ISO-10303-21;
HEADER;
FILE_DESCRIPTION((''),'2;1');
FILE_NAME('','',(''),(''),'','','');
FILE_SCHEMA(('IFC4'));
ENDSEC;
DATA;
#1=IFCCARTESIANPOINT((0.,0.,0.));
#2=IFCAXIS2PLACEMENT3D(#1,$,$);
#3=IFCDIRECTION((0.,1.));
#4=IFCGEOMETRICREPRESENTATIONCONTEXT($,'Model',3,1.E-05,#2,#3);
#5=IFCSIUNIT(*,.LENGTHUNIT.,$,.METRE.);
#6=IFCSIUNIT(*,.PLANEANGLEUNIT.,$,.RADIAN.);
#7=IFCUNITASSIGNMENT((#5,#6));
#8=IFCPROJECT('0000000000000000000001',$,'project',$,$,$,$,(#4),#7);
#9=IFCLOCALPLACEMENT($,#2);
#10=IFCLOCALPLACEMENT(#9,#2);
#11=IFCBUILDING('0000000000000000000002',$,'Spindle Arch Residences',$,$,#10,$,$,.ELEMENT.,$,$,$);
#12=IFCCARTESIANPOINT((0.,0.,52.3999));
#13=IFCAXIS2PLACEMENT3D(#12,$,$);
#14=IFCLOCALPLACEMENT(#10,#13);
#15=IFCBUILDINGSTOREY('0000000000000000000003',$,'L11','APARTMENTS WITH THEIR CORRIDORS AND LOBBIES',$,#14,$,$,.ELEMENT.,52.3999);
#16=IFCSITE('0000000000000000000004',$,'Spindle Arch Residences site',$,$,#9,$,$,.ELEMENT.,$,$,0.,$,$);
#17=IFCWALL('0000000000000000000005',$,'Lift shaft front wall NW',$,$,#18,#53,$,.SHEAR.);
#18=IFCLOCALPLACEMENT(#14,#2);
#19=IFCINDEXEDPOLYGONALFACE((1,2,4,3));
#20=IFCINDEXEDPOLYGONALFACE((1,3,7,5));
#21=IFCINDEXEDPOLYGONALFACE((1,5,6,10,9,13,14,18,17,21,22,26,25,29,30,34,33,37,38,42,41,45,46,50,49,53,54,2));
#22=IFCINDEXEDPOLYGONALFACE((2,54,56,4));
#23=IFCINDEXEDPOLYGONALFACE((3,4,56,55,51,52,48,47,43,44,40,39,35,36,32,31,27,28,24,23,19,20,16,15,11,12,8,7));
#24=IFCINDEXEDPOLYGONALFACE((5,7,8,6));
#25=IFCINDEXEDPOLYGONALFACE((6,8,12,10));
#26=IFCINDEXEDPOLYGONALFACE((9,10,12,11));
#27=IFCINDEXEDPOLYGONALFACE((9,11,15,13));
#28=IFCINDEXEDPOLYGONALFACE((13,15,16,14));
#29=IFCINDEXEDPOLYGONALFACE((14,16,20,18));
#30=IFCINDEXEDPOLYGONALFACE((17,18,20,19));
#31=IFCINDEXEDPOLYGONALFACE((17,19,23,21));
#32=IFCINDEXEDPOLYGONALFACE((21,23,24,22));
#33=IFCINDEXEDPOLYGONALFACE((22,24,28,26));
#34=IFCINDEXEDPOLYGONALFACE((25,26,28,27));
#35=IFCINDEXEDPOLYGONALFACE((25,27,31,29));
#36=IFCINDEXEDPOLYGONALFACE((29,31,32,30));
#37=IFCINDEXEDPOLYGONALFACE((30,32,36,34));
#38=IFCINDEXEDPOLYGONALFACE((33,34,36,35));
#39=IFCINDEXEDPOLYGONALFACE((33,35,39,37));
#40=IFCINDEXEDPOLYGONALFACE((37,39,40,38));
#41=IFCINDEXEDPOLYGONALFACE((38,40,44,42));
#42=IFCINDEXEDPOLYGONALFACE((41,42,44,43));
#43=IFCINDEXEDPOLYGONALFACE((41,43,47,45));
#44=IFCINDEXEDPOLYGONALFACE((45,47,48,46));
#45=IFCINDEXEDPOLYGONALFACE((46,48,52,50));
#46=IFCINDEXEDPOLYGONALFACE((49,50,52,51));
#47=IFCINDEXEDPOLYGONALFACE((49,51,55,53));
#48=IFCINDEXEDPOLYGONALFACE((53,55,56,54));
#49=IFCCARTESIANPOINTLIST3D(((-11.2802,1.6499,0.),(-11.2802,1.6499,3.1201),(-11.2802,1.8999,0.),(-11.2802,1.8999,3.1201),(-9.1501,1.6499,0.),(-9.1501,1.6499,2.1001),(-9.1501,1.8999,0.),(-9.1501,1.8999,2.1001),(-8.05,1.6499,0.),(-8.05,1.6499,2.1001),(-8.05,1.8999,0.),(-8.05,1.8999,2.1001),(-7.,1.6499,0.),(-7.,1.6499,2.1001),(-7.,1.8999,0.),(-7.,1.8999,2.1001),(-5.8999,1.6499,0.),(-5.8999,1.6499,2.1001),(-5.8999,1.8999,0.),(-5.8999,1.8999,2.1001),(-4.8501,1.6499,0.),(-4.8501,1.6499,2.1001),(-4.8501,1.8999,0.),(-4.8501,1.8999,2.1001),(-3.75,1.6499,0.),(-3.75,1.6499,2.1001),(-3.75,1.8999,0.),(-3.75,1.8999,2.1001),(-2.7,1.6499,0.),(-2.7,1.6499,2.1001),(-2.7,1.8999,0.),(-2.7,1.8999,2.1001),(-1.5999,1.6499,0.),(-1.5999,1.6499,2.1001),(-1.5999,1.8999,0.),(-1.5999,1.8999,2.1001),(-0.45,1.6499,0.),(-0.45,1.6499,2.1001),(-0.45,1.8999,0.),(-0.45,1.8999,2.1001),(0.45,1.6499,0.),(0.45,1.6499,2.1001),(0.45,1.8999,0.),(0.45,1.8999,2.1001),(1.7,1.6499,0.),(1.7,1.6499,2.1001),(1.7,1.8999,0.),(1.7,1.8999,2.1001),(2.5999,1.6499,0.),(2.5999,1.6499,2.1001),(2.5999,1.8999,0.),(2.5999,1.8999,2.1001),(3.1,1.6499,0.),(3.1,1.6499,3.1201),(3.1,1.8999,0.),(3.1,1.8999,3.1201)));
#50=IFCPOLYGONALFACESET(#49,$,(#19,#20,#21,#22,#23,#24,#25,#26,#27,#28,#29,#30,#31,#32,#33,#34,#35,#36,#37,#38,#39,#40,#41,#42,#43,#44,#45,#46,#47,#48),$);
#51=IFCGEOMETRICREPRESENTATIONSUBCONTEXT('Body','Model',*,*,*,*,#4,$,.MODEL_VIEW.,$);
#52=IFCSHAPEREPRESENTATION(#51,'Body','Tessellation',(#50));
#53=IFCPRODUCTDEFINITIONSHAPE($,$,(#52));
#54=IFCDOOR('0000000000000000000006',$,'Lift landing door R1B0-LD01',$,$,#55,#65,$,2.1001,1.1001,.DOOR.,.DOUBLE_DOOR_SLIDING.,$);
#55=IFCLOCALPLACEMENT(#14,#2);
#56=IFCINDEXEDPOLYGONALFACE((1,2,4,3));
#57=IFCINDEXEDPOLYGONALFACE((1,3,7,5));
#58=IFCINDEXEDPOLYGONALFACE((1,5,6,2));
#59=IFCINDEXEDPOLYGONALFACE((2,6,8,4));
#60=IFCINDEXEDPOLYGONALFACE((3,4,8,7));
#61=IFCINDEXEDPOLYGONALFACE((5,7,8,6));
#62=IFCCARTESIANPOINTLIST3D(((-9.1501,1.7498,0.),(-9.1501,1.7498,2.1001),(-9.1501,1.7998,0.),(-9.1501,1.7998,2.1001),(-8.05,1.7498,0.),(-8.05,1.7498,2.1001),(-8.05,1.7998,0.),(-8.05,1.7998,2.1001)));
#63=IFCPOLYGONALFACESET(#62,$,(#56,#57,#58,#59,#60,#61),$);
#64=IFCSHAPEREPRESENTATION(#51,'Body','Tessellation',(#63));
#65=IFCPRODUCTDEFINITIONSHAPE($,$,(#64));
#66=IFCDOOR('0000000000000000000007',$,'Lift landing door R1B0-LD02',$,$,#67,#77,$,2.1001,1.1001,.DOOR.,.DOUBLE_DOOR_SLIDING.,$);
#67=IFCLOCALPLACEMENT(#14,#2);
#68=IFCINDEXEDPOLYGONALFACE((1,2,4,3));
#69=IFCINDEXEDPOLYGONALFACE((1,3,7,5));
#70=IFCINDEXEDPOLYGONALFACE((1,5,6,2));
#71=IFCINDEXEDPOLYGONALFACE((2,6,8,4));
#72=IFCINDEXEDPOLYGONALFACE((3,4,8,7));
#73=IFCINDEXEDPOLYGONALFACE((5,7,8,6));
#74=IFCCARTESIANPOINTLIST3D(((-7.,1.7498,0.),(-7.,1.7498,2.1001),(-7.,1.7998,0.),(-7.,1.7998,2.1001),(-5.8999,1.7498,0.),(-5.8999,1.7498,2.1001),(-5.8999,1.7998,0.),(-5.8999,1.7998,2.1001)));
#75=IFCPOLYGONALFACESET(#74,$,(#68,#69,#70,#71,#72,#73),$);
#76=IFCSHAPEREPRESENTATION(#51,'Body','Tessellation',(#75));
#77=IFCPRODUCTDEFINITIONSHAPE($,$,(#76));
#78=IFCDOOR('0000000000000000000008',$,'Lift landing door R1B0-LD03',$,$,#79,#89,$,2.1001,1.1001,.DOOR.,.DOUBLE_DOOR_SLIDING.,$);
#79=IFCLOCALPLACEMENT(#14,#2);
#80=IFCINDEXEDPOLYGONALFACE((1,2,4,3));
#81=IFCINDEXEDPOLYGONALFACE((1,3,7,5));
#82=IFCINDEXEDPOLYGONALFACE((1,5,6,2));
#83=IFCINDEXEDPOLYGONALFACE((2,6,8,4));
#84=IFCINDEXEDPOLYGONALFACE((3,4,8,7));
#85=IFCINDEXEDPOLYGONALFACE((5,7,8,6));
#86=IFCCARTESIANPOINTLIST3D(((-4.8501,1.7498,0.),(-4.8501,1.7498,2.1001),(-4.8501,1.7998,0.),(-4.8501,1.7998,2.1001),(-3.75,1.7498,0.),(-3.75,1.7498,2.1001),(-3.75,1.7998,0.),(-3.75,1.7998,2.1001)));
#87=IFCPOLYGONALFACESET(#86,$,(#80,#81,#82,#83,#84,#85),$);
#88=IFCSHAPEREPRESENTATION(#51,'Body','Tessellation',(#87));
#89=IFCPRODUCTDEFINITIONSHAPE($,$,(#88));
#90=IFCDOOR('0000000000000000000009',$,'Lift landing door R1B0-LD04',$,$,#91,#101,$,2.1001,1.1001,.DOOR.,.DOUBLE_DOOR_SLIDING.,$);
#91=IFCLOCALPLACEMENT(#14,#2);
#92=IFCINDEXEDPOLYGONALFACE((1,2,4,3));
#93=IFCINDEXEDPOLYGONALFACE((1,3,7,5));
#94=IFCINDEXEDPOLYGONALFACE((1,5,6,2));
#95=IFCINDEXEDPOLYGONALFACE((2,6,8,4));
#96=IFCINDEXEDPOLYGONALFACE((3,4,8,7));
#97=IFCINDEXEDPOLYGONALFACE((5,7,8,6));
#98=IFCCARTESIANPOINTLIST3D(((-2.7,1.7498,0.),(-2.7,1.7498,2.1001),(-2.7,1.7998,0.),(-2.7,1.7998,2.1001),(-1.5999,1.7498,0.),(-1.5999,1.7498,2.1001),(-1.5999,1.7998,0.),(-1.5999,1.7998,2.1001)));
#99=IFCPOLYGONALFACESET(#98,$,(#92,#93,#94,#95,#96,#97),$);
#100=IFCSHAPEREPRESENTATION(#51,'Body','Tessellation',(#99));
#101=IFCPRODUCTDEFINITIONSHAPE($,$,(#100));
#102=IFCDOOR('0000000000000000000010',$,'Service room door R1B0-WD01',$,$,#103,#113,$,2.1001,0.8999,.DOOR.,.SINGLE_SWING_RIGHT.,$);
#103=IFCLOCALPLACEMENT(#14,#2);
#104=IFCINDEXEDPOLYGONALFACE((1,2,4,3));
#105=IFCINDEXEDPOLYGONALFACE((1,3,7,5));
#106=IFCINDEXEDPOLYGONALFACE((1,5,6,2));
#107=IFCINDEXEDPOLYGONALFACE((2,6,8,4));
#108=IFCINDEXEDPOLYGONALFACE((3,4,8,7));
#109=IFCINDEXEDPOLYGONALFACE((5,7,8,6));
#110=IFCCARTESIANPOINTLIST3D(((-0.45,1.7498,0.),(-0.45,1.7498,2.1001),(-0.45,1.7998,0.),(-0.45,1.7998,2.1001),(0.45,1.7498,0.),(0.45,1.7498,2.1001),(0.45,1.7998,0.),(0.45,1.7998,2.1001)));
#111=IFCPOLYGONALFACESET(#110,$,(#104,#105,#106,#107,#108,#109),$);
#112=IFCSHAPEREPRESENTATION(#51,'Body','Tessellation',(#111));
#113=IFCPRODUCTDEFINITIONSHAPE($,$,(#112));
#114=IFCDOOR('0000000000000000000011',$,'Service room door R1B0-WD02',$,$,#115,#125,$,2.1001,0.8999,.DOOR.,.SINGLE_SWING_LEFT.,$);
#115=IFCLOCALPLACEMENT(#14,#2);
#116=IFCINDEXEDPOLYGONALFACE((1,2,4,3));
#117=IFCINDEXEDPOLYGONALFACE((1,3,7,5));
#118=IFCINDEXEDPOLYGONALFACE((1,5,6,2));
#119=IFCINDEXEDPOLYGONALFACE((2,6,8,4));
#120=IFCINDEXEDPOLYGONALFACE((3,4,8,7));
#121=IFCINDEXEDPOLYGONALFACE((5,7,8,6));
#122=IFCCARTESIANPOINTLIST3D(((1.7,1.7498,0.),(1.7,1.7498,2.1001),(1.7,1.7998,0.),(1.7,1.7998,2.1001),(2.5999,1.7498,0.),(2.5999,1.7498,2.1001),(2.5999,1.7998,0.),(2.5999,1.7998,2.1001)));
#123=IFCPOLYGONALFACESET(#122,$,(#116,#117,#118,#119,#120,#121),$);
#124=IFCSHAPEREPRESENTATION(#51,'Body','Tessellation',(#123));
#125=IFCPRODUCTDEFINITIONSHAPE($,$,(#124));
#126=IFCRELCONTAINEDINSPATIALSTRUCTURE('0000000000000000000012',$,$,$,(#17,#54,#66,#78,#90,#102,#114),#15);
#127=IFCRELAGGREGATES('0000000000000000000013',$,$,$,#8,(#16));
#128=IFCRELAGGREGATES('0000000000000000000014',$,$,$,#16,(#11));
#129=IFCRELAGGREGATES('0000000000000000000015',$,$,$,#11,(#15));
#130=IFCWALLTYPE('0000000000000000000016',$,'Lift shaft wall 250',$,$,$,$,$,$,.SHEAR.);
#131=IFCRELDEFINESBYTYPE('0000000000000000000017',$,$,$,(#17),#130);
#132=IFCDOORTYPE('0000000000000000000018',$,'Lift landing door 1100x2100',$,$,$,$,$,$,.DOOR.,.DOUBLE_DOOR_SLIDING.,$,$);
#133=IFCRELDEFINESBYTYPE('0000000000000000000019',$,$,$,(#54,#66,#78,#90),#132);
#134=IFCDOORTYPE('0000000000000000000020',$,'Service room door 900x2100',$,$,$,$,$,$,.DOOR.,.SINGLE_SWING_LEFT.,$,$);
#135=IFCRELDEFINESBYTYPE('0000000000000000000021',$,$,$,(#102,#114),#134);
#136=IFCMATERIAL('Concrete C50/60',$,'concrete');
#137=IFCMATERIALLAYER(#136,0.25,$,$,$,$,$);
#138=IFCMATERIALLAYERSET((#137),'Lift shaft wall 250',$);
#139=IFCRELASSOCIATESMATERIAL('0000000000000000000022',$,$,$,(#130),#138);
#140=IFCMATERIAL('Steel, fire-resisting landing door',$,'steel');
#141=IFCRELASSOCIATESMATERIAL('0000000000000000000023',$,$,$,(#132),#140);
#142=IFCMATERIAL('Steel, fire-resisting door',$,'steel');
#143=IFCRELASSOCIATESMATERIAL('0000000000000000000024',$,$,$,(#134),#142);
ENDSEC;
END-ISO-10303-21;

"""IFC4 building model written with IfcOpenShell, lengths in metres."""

from ifc_helpers import new_model, si_unit, direction, frame, frame_2d, origin, place, context, subcontext, project, spatial, rectangle, extrude, material, layer, layer_set, type_object, element, fill, save


model = new_model("IFC4")

# Units and contexts
model_context = context("Model", 3, precision=1e-05, world=origin(), true_north=direction((0.0, 1.0)))
body_context = subcontext(model_context, "Body", "Model", "MODEL_VIEW")
ifc_project = project(units=[si_unit("LENGTHUNIT", "METRE"), si_unit("PLANEANGLEUNIT", "RADIAN")], contexts=[model_context])

# Site, building, storey
site_placement = place(None, origin())
site = spatial("IfcSite", under=ifc_project, at=site_placement, Name="Spindle Arch Residences site", CompositionType="ELEMENT", RefElevation=0.0)
building_placement = place(site_placement, origin())
building = spatial("IfcBuilding", under=site, at=building_placement, Name="Spindle Arch Residences", CompositionType="ELEMENT")
storey_placement = place(building_placement, frame((0.0, 0.0, 52.3999)))
storey = spatial("IfcBuildingStorey", under=building, at=storey_placement, Name="L11", Description="APARTMENTS WITH THEIR CORRIDORS AND LOBBIES", CompositionType="ELEMENT", Elevation=52.3999)

# Wall, openings, doors
ifc_material_1 = material(Name="Concrete C50/60", Category="concrete")
ifc_layer_1 = layer(ifc_material_1, 0.25)
ifc_layer_set_1 = layer_set([ifc_layer_1], Name="Lift shaft wall 250")
wall_type_1 = type_object("IfcWallType", Name="Lift shaft wall 250", PredefinedType="SHEAR", material=ifc_layer_set_1)
wall_1_placement = place(storey_placement, frame((-11.28, 1.7749, 0.0), z_axis=(0.0, 0.0, 1.0), x_axis=(1.0, 0.0, 0.0)))
wall_1 = element("IfcWall", 1, at=wall_1_placement, inside=storey, type_object=wall_type_1, Name="Lift shaft front wall NW", PredefinedType="SHEAR", context=body_context, shape_type="SweptSolid", body=[
    extrude(rectangle(XDim=14.3801, YDim=0.25, at=frame_2d((7.1899, 0.0))), origin(), (0.0, 0.0, 1.0), 3.1201),
])
opening_1_placement = place(wall_1_placement, frame((2.1299, 0.0, 0.0)))
opening_1 = element("IfcOpeningElement", 2, at=opening_1_placement, cuts=wall_1, PredefinedType="OPENING", context=body_context, shape_type="SweptSolid", body=[
    extrude(rectangle(XDim=1.1001, YDim=2.1001, at=frame_2d((0.55, 1.05))), frame((0.0, 0.135, 0.0), z_axis=(0.0, -1.0, 0.0), x_axis=(1.0, 0.0, 0.0)), (0.0, 0.0, 1.0), 0.27),
])
opening_2_placement = place(wall_1_placement, frame((4.28, 0.0, 0.0)))
opening_2 = element("IfcOpeningElement", 3, at=opening_2_placement, cuts=wall_1, PredefinedType="OPENING", context=body_context, shape_type="SweptSolid", body=[
    extrude(rectangle(XDim=1.1001, YDim=2.1001, at=frame_2d((0.55, 1.05))), frame((0.0, 0.135, 0.0), z_axis=(0.0, -1.0, 0.0), x_axis=(1.0, 0.0, 0.0)), (0.0, 0.0, 1.0), 0.27),
])
opening_3_placement = place(wall_1_placement, frame((6.4299, 0.0, 0.0)))
opening_3 = element("IfcOpeningElement", 4, at=opening_3_placement, cuts=wall_1, PredefinedType="OPENING", context=body_context, shape_type="SweptSolid", body=[
    extrude(rectangle(XDim=1.1001, YDim=2.1001, at=frame_2d((0.55, 1.05))), frame((0.0, 0.135, 0.0), z_axis=(0.0, -1.0, 0.0), x_axis=(1.0, 0.0, 0.0)), (0.0, 0.0, 1.0), 0.27),
])
opening_4_placement = place(wall_1_placement, frame((8.5801, 0.0, 0.0)))
opening_4 = element("IfcOpeningElement", 5, at=opening_4_placement, cuts=wall_1, PredefinedType="OPENING", context=body_context, shape_type="SweptSolid", body=[
    extrude(rectangle(XDim=1.1001, YDim=2.1001, at=frame_2d((0.55, 1.05))), frame((0.0, 0.135, 0.0), z_axis=(0.0, -1.0, 0.0), x_axis=(1.0, 0.0, 0.0)), (0.0, 0.0, 1.0), 0.27),
])
opening_5_placement = place(wall_1_placement, frame((10.8301, 0.0, 0.0)))
opening_5 = element("IfcOpeningElement", 6, at=opening_5_placement, cuts=wall_1, PredefinedType="OPENING", context=body_context, shape_type="SweptSolid", body=[
    extrude(rectangle(XDim=0.8999, YDim=2.1001, at=frame_2d((0.45, 1.05))), frame((0.0, 0.135, 0.0), z_axis=(0.0, -1.0, 0.0), x_axis=(1.0, 0.0, 0.0)), (0.0, 0.0, 1.0), 0.27),
])
opening_6_placement = place(wall_1_placement, frame((12.98, 0.0, 0.0)))
opening_6 = element("IfcOpeningElement", 7, at=opening_6_placement, cuts=wall_1, PredefinedType="OPENING", context=body_context, shape_type="SweptSolid", body=[
    extrude(rectangle(XDim=0.8999, YDim=2.1001, at=frame_2d((0.45, 1.05))), frame((0.0, 0.135, 0.0), z_axis=(0.0, -1.0, 0.0), x_axis=(1.0, 0.0, 0.0)), (0.0, 0.0, 1.0), 0.27),
])
ifc_material_2 = material(Name="Steel, fire-resisting landing door", Category="steel")
door_type_1 = type_object("IfcDoorType", Name="Lift landing door 1100x2100", OperationType="DOUBLE_DOOR_SLIDING", PredefinedType="DOOR", material=ifc_material_2)
door_1_placement = place(opening_1_placement, origin())
door_1 = element("IfcDoor", 8, at=door_1_placement, inside=storey, type_object=door_type_1, Name="Lift landing door R1B0-LD01", OperationType="DOUBLE_DOOR_SLIDING", OverallHeight=2.1001, OverallWidth=1.1001, PredefinedType="DOOR", context=body_context, shape_type="SweptSolid", body=[
    extrude(rectangle(XDim=1.1001, YDim=2.1001, at=frame_2d((0.55, 1.05))), frame((0.0, 0.0249, 0.0), z_axis=(0.0, -1.0, 0.0), x_axis=(1.0, 0.0, 0.0)), (0.0, 0.0, 1.0), 0.05),
])
fill(opening_1, door_1)
door_2_placement = place(opening_2_placement, origin())
door_2 = element("IfcDoor", 9, at=door_2_placement, inside=storey, type_object=door_type_1, Name="Lift landing door R1B0-LD02", OperationType="DOUBLE_DOOR_SLIDING", OverallHeight=2.1001, OverallWidth=1.1001, PredefinedType="DOOR", context=body_context, shape_type="SweptSolid", body=[
    extrude(rectangle(XDim=1.1001, YDim=2.1001, at=frame_2d((0.55, 1.05))), frame((0.0, 0.0249, 0.0), z_axis=(0.0, -1.0, 0.0), x_axis=(1.0, 0.0, 0.0)), (0.0, 0.0, 1.0), 0.05),
])
fill(opening_2, door_2)
door_3_placement = place(opening_3_placement, origin())
door_3 = element("IfcDoor", 10, at=door_3_placement, inside=storey, type_object=door_type_1, Name="Lift landing door R1B0-LD03", OperationType="DOUBLE_DOOR_SLIDING", OverallHeight=2.1001, OverallWidth=1.1001, PredefinedType="DOOR", context=body_context, shape_type="SweptSolid", body=[
    extrude(rectangle(XDim=1.1001, YDim=2.1001, at=frame_2d((0.55, 1.05))), frame((0.0, 0.0249, 0.0), z_axis=(0.0, -1.0, 0.0), x_axis=(1.0, 0.0, 0.0)), (0.0, 0.0, 1.0), 0.05),
])
fill(opening_3, door_3)
door_4_placement = place(opening_4_placement, origin())
door_4 = element("IfcDoor", 11, at=door_4_placement, inside=storey, type_object=door_type_1, Name="Lift landing door R1B0-LD04", OperationType="DOUBLE_DOOR_SLIDING", OverallHeight=2.1001, OverallWidth=1.1001, PredefinedType="DOOR", context=body_context, shape_type="SweptSolid", body=[
    extrude(rectangle(XDim=1.1001, YDim=2.1001, at=frame_2d((0.55, 1.05))), frame((0.0, 0.0249, 0.0), z_axis=(0.0, -1.0, 0.0), x_axis=(1.0, 0.0, 0.0)), (0.0, 0.0, 1.0), 0.05),
])
fill(opening_4, door_4)
ifc_material_3 = material(Name="Steel, fire-resisting door", Category="steel")
door_type_2 = type_object("IfcDoorType", Name="Service room door 900x2100", OperationType="SINGLE_SWING_LEFT", PredefinedType="DOOR", material=ifc_material_3)
door_5_placement = place(opening_5_placement, origin())
door_5 = element("IfcDoor", 12, at=door_5_placement, inside=storey, type_object=door_type_2, Name="Service room door R1B0-WD01", OperationType="SINGLE_SWING_RIGHT", OverallHeight=2.1001, OverallWidth=0.8999, PredefinedType="DOOR", context=body_context, shape_type="SweptSolid", body=[
    extrude(rectangle(XDim=0.8999, YDim=2.1001, at=frame_2d((0.45, 1.05))), frame((0.0, 0.0249, 0.0), z_axis=(0.0, -1.0, 0.0), x_axis=(1.0, 0.0, 0.0)), (0.0, 0.0, 1.0), 0.05),
])
fill(opening_5, door_5)
door_6_placement = place(opening_6_placement, origin())
door_6 = element("IfcDoor", 13, at=door_6_placement, inside=storey, type_object=door_type_2, Name="Service room door R1B0-WD02", OperationType="SINGLE_SWING_LEFT", OverallHeight=2.1001, OverallWidth=0.8999, PredefinedType="DOOR", context=body_context, shape_type="SweptSolid", body=[
    extrude(rectangle(XDim=0.8999, YDim=2.1001, at=frame_2d((0.45, 1.05))), frame((0.0, 0.0249, 0.0), z_axis=(0.0, -1.0, 0.0), x_axis=(1.0, 0.0, 0.0)), (0.0, 0.0, 1.0), 0.05),
])
fill(opening_6, door_6)

save(model, "model.ifc")
